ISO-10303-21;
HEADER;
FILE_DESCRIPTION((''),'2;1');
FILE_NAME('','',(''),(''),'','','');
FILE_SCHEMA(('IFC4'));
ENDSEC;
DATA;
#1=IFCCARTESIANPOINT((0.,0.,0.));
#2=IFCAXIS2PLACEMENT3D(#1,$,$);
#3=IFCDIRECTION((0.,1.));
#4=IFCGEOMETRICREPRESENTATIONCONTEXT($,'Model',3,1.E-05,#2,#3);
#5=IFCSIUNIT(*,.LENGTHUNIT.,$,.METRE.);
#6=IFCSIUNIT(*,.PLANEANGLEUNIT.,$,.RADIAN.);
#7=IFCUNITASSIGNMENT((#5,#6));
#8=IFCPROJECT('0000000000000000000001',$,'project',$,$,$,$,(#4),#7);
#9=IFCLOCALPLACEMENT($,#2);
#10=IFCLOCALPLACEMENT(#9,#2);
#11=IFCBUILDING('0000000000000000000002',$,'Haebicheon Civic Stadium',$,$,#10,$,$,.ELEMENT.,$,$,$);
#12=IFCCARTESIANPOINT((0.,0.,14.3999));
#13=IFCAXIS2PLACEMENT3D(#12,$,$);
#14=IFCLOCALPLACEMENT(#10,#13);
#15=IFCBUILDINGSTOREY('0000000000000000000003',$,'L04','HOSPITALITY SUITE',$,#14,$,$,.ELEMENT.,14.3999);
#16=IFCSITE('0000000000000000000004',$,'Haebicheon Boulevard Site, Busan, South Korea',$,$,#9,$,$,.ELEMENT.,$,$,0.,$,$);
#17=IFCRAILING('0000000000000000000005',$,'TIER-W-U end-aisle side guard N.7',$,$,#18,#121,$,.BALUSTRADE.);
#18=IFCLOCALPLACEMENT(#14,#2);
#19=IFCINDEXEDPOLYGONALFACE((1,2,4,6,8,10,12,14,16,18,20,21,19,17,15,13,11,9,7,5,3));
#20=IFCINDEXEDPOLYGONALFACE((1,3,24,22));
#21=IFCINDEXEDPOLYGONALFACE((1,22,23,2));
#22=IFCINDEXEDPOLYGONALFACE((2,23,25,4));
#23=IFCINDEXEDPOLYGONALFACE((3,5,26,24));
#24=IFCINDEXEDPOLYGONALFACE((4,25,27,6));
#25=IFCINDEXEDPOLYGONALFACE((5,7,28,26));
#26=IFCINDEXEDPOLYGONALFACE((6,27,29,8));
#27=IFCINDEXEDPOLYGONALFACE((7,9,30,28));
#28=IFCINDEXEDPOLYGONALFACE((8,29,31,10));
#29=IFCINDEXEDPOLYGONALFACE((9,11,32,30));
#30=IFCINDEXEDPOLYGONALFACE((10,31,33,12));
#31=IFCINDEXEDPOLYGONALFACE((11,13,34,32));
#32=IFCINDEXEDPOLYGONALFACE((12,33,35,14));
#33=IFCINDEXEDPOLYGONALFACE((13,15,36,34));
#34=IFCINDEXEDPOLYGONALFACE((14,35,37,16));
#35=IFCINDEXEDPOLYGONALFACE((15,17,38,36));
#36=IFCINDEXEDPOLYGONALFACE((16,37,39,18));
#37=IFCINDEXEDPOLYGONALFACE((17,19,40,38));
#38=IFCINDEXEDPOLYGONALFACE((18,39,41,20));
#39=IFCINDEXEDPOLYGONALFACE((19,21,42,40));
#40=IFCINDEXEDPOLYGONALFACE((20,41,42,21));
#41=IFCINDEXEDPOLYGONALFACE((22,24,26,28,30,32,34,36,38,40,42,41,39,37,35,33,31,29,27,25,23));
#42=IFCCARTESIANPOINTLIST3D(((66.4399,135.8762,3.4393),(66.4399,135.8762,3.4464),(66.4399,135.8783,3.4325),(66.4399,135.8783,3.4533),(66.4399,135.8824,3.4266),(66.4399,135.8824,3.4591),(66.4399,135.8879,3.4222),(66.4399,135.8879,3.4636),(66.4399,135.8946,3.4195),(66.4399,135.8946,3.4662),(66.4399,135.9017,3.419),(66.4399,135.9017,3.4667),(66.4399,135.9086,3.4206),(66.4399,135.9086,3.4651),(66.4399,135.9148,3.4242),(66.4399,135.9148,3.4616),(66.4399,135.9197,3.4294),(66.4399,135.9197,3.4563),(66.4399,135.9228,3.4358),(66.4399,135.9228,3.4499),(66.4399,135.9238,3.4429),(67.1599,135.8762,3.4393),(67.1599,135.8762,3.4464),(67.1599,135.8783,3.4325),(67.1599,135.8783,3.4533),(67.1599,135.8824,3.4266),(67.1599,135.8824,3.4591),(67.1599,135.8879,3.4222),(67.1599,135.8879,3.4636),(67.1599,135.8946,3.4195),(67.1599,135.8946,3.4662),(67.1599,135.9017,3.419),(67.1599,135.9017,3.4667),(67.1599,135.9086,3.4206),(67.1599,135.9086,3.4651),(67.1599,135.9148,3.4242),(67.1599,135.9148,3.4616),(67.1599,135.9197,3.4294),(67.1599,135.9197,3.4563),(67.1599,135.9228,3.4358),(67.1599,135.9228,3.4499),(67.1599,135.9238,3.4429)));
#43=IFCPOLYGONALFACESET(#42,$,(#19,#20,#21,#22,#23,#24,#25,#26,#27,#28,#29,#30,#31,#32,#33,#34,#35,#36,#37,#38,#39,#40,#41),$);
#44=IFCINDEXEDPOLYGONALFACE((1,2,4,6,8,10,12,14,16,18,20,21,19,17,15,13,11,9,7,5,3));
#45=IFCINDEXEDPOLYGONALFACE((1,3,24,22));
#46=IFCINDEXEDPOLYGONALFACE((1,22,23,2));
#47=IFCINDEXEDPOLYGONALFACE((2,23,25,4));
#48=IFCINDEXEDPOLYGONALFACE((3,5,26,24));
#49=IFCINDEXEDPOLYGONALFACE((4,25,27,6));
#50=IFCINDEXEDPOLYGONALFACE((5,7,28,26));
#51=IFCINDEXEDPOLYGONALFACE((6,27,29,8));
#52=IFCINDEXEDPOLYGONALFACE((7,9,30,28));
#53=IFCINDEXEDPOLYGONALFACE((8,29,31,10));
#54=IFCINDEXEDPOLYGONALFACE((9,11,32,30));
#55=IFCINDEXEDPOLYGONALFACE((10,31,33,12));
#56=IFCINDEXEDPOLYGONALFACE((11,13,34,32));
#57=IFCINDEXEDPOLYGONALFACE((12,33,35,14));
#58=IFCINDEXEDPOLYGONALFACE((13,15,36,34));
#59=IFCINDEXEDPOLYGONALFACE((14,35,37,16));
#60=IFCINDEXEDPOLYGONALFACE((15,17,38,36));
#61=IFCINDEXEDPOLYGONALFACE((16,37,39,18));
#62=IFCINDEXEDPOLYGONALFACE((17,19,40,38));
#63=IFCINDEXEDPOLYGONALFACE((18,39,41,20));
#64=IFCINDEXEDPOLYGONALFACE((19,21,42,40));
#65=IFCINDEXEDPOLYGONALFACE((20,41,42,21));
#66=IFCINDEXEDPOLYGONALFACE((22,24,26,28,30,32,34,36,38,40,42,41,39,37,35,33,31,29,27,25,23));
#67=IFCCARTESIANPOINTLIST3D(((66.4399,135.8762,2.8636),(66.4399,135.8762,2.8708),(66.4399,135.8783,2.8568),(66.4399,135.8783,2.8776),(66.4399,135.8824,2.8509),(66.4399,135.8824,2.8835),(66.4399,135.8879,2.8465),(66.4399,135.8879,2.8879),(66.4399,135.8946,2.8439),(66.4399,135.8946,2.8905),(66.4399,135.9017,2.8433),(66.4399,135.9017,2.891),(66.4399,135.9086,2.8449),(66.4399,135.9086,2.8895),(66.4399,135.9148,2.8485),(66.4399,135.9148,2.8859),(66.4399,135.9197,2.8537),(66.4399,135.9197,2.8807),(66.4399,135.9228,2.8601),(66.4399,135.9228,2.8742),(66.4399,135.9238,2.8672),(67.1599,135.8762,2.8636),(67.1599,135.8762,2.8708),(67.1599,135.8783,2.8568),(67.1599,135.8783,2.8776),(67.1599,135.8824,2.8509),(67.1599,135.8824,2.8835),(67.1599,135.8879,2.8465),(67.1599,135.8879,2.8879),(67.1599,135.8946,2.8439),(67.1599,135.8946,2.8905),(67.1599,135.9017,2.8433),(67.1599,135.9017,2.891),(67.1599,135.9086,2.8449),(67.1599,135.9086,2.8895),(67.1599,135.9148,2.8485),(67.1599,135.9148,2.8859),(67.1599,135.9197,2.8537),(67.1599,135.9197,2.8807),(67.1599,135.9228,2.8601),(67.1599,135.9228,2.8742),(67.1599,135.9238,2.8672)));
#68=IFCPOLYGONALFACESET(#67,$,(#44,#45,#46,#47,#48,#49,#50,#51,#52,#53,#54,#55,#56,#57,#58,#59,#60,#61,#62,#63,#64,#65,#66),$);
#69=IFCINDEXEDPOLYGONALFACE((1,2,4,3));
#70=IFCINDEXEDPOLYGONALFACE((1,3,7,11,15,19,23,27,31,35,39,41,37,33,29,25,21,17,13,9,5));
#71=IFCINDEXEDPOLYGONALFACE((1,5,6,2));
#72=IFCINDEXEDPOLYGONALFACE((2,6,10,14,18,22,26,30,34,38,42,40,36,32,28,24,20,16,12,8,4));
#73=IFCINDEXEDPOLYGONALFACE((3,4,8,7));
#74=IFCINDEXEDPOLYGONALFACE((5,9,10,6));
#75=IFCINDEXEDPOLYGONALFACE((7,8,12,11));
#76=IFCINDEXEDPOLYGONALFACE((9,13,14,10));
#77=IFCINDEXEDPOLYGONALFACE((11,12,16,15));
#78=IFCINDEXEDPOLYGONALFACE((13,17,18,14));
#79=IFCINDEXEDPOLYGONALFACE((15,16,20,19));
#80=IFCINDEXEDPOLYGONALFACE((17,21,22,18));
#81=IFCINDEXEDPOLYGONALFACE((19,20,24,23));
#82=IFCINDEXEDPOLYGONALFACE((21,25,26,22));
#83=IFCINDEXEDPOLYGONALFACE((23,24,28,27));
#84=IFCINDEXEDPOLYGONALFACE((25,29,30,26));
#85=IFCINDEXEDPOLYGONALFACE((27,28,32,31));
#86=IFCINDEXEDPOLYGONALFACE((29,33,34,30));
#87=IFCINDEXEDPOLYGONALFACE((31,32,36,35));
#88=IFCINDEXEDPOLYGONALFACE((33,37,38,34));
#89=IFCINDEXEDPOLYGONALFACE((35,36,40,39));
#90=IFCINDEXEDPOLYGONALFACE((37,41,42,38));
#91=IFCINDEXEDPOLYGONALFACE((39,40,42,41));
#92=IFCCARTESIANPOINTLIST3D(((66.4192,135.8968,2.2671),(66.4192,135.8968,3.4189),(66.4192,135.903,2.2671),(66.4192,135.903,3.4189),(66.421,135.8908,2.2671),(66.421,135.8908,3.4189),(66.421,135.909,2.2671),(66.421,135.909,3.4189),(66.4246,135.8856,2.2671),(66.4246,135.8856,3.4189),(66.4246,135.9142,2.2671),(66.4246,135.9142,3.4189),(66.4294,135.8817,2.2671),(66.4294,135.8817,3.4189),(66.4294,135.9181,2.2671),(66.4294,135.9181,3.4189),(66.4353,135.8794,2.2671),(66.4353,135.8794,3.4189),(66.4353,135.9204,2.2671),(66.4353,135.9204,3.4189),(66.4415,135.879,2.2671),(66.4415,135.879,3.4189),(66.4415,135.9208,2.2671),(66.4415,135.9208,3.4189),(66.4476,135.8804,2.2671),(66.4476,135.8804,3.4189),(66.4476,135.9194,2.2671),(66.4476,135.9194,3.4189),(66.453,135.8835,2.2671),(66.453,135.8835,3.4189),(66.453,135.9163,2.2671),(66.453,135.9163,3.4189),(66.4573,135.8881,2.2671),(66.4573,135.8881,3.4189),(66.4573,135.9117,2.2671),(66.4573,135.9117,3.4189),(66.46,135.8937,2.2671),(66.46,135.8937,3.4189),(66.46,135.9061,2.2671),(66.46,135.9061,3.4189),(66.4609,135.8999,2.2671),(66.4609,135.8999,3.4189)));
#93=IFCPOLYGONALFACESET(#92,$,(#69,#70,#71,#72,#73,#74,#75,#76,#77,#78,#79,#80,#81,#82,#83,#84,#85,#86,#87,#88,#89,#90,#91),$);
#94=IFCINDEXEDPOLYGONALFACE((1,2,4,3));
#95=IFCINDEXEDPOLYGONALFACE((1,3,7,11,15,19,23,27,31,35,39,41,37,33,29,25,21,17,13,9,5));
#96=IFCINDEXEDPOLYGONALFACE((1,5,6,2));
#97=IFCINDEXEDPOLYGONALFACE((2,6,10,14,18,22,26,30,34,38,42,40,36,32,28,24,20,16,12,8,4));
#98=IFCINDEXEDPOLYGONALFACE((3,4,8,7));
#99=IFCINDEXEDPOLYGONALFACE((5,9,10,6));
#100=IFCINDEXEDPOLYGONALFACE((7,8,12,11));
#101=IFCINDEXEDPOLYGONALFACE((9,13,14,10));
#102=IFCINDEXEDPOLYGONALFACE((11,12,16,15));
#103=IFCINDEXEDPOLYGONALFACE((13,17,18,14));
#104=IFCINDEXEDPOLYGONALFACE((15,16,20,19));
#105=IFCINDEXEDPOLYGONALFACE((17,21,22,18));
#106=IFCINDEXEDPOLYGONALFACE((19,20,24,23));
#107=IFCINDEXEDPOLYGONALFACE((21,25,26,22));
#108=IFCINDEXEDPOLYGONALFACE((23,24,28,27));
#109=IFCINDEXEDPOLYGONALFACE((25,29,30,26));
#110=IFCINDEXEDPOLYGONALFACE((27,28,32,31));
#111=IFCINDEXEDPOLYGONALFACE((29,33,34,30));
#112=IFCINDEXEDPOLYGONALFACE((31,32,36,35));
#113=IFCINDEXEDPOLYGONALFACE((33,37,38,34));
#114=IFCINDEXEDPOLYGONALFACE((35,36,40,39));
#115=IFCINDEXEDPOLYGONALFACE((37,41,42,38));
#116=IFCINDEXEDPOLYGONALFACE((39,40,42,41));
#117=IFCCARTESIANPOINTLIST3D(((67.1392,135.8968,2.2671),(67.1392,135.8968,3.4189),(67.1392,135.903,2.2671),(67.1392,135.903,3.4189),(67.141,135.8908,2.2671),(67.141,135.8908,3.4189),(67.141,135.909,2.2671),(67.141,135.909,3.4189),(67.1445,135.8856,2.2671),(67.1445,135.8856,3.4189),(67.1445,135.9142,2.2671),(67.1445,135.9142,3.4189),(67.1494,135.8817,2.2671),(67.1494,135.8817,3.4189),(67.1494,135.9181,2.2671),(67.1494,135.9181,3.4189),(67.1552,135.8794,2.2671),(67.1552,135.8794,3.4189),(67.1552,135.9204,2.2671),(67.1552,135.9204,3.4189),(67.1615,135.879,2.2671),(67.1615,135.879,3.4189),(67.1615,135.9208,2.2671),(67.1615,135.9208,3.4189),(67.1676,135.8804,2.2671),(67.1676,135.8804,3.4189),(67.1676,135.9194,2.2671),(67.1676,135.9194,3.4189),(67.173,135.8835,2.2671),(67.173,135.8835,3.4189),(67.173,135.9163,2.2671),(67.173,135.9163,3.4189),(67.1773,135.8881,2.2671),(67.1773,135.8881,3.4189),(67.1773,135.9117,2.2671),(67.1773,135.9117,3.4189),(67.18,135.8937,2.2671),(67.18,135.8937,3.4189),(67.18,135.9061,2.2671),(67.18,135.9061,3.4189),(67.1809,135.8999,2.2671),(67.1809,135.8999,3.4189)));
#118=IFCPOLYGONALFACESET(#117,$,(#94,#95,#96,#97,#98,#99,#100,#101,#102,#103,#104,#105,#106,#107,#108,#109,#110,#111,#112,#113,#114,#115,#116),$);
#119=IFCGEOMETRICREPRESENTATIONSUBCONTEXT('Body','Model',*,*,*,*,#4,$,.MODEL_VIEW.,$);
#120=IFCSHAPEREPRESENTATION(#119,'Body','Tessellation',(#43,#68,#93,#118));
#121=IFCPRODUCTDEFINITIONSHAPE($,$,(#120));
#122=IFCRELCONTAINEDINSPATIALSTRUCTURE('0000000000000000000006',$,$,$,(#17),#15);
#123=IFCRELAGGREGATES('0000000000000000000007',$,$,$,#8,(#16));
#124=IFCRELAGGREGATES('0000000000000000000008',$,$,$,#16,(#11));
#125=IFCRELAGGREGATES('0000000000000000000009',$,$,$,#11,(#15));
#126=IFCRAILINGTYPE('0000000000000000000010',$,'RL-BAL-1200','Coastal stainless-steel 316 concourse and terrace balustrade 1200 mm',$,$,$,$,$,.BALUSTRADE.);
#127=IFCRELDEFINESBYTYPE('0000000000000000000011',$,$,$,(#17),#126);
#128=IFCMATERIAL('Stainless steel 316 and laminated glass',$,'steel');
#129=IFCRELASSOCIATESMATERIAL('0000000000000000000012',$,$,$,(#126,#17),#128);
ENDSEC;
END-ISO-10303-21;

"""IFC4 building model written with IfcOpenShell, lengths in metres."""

from ifc_helpers import new_model, si_unit, direction, frame, origin, origin_2d, place, context, subcontext, project, spatial, circle, extrude, material, type_object, element, save


model = new_model("IFC4")

# Units and contexts
model_context = context("Model", 3, precision=1e-05, world=origin(), true_north=direction((0.0, 1.0)))
body_context = subcontext(model_context, "Body", "Model", "MODEL_VIEW")
ifc_project = project(units=[si_unit("LENGTHUNIT", "METRE"), si_unit("PLANEANGLEUNIT", "RADIAN")], contexts=[model_context])

# Site, building, storey
site_placement = place(None, origin())
site = spatial("IfcSite", under=ifc_project, at=site_placement, Name="Haebicheon Boulevard Site, Busan, South Korea", CompositionType="ELEMENT", RefElevation=0.0)
building_placement = place(site_placement, origin())
building = spatial("IfcBuilding", under=site, at=building_placement, Name="Haebicheon Civic Stadium", CompositionType="ELEMENT")
storey_placement = place(building_placement, frame((0.0, 0.0, 14.3999)))
storey = spatial("IfcBuildingStorey", under=building, at=storey_placement, Name="L04", Description="HOSPITALITY SUITE", CompositionType="ELEMENT", Elevation=14.3999)

# Railing
ifc_material_1 = material(Name="Stainless steel 316 and laminated glass", Category="steel")
railing_type = type_object("IfcRailingType", Name="RL-BAL-1200", Description="Coastal stainless-steel 316 concourse and terrace balustrade 1200 mm", PredefinedType="BALUSTRADE", material=ifc_material_1)
for number, where, name in (
    (1, (66.4399, 135.8999, 2.2671), "TIER-W-U end-aisle side guard N.7"),
):
    element("IfcRailing", number, at=place(storey_placement, frame(where)), inside=storey, type_object=railing_type, material=ifc_material_1, Name=name, PredefinedType="BALUSTRADE", context=body_context, shape_type="SweptSolid", body=[
        extrude(circle(Radius=0.0239, at=origin_2d()), frame((0.0, 0.0, 1.1758), z_axis=(1.0, 0.0, 0.0), x_axis=(0.0, 1.0, 0.0)), (0.0, 0.0, 1.0), 0.72),
        extrude(circle(Radius=0.0239, at=origin_2d()), frame((0.0, 0.0, 0.6001), z_axis=(1.0, 0.0, 0.0), x_axis=(0.0, 1.0, 0.0)), (0.0, 0.0, 1.0), 0.72),
        extrude(circle(Radius=0.021, at=origin_2d()), origin(), (0.0, 0.0, 1.0), 1.1519),
        extrude(circle(Radius=0.021, at=origin_2d()), frame((0.72, 0.0, 0.0)), (0.0, 0.0, 1.0), 1.1519),
    ])

save(model, "model.ifc")
